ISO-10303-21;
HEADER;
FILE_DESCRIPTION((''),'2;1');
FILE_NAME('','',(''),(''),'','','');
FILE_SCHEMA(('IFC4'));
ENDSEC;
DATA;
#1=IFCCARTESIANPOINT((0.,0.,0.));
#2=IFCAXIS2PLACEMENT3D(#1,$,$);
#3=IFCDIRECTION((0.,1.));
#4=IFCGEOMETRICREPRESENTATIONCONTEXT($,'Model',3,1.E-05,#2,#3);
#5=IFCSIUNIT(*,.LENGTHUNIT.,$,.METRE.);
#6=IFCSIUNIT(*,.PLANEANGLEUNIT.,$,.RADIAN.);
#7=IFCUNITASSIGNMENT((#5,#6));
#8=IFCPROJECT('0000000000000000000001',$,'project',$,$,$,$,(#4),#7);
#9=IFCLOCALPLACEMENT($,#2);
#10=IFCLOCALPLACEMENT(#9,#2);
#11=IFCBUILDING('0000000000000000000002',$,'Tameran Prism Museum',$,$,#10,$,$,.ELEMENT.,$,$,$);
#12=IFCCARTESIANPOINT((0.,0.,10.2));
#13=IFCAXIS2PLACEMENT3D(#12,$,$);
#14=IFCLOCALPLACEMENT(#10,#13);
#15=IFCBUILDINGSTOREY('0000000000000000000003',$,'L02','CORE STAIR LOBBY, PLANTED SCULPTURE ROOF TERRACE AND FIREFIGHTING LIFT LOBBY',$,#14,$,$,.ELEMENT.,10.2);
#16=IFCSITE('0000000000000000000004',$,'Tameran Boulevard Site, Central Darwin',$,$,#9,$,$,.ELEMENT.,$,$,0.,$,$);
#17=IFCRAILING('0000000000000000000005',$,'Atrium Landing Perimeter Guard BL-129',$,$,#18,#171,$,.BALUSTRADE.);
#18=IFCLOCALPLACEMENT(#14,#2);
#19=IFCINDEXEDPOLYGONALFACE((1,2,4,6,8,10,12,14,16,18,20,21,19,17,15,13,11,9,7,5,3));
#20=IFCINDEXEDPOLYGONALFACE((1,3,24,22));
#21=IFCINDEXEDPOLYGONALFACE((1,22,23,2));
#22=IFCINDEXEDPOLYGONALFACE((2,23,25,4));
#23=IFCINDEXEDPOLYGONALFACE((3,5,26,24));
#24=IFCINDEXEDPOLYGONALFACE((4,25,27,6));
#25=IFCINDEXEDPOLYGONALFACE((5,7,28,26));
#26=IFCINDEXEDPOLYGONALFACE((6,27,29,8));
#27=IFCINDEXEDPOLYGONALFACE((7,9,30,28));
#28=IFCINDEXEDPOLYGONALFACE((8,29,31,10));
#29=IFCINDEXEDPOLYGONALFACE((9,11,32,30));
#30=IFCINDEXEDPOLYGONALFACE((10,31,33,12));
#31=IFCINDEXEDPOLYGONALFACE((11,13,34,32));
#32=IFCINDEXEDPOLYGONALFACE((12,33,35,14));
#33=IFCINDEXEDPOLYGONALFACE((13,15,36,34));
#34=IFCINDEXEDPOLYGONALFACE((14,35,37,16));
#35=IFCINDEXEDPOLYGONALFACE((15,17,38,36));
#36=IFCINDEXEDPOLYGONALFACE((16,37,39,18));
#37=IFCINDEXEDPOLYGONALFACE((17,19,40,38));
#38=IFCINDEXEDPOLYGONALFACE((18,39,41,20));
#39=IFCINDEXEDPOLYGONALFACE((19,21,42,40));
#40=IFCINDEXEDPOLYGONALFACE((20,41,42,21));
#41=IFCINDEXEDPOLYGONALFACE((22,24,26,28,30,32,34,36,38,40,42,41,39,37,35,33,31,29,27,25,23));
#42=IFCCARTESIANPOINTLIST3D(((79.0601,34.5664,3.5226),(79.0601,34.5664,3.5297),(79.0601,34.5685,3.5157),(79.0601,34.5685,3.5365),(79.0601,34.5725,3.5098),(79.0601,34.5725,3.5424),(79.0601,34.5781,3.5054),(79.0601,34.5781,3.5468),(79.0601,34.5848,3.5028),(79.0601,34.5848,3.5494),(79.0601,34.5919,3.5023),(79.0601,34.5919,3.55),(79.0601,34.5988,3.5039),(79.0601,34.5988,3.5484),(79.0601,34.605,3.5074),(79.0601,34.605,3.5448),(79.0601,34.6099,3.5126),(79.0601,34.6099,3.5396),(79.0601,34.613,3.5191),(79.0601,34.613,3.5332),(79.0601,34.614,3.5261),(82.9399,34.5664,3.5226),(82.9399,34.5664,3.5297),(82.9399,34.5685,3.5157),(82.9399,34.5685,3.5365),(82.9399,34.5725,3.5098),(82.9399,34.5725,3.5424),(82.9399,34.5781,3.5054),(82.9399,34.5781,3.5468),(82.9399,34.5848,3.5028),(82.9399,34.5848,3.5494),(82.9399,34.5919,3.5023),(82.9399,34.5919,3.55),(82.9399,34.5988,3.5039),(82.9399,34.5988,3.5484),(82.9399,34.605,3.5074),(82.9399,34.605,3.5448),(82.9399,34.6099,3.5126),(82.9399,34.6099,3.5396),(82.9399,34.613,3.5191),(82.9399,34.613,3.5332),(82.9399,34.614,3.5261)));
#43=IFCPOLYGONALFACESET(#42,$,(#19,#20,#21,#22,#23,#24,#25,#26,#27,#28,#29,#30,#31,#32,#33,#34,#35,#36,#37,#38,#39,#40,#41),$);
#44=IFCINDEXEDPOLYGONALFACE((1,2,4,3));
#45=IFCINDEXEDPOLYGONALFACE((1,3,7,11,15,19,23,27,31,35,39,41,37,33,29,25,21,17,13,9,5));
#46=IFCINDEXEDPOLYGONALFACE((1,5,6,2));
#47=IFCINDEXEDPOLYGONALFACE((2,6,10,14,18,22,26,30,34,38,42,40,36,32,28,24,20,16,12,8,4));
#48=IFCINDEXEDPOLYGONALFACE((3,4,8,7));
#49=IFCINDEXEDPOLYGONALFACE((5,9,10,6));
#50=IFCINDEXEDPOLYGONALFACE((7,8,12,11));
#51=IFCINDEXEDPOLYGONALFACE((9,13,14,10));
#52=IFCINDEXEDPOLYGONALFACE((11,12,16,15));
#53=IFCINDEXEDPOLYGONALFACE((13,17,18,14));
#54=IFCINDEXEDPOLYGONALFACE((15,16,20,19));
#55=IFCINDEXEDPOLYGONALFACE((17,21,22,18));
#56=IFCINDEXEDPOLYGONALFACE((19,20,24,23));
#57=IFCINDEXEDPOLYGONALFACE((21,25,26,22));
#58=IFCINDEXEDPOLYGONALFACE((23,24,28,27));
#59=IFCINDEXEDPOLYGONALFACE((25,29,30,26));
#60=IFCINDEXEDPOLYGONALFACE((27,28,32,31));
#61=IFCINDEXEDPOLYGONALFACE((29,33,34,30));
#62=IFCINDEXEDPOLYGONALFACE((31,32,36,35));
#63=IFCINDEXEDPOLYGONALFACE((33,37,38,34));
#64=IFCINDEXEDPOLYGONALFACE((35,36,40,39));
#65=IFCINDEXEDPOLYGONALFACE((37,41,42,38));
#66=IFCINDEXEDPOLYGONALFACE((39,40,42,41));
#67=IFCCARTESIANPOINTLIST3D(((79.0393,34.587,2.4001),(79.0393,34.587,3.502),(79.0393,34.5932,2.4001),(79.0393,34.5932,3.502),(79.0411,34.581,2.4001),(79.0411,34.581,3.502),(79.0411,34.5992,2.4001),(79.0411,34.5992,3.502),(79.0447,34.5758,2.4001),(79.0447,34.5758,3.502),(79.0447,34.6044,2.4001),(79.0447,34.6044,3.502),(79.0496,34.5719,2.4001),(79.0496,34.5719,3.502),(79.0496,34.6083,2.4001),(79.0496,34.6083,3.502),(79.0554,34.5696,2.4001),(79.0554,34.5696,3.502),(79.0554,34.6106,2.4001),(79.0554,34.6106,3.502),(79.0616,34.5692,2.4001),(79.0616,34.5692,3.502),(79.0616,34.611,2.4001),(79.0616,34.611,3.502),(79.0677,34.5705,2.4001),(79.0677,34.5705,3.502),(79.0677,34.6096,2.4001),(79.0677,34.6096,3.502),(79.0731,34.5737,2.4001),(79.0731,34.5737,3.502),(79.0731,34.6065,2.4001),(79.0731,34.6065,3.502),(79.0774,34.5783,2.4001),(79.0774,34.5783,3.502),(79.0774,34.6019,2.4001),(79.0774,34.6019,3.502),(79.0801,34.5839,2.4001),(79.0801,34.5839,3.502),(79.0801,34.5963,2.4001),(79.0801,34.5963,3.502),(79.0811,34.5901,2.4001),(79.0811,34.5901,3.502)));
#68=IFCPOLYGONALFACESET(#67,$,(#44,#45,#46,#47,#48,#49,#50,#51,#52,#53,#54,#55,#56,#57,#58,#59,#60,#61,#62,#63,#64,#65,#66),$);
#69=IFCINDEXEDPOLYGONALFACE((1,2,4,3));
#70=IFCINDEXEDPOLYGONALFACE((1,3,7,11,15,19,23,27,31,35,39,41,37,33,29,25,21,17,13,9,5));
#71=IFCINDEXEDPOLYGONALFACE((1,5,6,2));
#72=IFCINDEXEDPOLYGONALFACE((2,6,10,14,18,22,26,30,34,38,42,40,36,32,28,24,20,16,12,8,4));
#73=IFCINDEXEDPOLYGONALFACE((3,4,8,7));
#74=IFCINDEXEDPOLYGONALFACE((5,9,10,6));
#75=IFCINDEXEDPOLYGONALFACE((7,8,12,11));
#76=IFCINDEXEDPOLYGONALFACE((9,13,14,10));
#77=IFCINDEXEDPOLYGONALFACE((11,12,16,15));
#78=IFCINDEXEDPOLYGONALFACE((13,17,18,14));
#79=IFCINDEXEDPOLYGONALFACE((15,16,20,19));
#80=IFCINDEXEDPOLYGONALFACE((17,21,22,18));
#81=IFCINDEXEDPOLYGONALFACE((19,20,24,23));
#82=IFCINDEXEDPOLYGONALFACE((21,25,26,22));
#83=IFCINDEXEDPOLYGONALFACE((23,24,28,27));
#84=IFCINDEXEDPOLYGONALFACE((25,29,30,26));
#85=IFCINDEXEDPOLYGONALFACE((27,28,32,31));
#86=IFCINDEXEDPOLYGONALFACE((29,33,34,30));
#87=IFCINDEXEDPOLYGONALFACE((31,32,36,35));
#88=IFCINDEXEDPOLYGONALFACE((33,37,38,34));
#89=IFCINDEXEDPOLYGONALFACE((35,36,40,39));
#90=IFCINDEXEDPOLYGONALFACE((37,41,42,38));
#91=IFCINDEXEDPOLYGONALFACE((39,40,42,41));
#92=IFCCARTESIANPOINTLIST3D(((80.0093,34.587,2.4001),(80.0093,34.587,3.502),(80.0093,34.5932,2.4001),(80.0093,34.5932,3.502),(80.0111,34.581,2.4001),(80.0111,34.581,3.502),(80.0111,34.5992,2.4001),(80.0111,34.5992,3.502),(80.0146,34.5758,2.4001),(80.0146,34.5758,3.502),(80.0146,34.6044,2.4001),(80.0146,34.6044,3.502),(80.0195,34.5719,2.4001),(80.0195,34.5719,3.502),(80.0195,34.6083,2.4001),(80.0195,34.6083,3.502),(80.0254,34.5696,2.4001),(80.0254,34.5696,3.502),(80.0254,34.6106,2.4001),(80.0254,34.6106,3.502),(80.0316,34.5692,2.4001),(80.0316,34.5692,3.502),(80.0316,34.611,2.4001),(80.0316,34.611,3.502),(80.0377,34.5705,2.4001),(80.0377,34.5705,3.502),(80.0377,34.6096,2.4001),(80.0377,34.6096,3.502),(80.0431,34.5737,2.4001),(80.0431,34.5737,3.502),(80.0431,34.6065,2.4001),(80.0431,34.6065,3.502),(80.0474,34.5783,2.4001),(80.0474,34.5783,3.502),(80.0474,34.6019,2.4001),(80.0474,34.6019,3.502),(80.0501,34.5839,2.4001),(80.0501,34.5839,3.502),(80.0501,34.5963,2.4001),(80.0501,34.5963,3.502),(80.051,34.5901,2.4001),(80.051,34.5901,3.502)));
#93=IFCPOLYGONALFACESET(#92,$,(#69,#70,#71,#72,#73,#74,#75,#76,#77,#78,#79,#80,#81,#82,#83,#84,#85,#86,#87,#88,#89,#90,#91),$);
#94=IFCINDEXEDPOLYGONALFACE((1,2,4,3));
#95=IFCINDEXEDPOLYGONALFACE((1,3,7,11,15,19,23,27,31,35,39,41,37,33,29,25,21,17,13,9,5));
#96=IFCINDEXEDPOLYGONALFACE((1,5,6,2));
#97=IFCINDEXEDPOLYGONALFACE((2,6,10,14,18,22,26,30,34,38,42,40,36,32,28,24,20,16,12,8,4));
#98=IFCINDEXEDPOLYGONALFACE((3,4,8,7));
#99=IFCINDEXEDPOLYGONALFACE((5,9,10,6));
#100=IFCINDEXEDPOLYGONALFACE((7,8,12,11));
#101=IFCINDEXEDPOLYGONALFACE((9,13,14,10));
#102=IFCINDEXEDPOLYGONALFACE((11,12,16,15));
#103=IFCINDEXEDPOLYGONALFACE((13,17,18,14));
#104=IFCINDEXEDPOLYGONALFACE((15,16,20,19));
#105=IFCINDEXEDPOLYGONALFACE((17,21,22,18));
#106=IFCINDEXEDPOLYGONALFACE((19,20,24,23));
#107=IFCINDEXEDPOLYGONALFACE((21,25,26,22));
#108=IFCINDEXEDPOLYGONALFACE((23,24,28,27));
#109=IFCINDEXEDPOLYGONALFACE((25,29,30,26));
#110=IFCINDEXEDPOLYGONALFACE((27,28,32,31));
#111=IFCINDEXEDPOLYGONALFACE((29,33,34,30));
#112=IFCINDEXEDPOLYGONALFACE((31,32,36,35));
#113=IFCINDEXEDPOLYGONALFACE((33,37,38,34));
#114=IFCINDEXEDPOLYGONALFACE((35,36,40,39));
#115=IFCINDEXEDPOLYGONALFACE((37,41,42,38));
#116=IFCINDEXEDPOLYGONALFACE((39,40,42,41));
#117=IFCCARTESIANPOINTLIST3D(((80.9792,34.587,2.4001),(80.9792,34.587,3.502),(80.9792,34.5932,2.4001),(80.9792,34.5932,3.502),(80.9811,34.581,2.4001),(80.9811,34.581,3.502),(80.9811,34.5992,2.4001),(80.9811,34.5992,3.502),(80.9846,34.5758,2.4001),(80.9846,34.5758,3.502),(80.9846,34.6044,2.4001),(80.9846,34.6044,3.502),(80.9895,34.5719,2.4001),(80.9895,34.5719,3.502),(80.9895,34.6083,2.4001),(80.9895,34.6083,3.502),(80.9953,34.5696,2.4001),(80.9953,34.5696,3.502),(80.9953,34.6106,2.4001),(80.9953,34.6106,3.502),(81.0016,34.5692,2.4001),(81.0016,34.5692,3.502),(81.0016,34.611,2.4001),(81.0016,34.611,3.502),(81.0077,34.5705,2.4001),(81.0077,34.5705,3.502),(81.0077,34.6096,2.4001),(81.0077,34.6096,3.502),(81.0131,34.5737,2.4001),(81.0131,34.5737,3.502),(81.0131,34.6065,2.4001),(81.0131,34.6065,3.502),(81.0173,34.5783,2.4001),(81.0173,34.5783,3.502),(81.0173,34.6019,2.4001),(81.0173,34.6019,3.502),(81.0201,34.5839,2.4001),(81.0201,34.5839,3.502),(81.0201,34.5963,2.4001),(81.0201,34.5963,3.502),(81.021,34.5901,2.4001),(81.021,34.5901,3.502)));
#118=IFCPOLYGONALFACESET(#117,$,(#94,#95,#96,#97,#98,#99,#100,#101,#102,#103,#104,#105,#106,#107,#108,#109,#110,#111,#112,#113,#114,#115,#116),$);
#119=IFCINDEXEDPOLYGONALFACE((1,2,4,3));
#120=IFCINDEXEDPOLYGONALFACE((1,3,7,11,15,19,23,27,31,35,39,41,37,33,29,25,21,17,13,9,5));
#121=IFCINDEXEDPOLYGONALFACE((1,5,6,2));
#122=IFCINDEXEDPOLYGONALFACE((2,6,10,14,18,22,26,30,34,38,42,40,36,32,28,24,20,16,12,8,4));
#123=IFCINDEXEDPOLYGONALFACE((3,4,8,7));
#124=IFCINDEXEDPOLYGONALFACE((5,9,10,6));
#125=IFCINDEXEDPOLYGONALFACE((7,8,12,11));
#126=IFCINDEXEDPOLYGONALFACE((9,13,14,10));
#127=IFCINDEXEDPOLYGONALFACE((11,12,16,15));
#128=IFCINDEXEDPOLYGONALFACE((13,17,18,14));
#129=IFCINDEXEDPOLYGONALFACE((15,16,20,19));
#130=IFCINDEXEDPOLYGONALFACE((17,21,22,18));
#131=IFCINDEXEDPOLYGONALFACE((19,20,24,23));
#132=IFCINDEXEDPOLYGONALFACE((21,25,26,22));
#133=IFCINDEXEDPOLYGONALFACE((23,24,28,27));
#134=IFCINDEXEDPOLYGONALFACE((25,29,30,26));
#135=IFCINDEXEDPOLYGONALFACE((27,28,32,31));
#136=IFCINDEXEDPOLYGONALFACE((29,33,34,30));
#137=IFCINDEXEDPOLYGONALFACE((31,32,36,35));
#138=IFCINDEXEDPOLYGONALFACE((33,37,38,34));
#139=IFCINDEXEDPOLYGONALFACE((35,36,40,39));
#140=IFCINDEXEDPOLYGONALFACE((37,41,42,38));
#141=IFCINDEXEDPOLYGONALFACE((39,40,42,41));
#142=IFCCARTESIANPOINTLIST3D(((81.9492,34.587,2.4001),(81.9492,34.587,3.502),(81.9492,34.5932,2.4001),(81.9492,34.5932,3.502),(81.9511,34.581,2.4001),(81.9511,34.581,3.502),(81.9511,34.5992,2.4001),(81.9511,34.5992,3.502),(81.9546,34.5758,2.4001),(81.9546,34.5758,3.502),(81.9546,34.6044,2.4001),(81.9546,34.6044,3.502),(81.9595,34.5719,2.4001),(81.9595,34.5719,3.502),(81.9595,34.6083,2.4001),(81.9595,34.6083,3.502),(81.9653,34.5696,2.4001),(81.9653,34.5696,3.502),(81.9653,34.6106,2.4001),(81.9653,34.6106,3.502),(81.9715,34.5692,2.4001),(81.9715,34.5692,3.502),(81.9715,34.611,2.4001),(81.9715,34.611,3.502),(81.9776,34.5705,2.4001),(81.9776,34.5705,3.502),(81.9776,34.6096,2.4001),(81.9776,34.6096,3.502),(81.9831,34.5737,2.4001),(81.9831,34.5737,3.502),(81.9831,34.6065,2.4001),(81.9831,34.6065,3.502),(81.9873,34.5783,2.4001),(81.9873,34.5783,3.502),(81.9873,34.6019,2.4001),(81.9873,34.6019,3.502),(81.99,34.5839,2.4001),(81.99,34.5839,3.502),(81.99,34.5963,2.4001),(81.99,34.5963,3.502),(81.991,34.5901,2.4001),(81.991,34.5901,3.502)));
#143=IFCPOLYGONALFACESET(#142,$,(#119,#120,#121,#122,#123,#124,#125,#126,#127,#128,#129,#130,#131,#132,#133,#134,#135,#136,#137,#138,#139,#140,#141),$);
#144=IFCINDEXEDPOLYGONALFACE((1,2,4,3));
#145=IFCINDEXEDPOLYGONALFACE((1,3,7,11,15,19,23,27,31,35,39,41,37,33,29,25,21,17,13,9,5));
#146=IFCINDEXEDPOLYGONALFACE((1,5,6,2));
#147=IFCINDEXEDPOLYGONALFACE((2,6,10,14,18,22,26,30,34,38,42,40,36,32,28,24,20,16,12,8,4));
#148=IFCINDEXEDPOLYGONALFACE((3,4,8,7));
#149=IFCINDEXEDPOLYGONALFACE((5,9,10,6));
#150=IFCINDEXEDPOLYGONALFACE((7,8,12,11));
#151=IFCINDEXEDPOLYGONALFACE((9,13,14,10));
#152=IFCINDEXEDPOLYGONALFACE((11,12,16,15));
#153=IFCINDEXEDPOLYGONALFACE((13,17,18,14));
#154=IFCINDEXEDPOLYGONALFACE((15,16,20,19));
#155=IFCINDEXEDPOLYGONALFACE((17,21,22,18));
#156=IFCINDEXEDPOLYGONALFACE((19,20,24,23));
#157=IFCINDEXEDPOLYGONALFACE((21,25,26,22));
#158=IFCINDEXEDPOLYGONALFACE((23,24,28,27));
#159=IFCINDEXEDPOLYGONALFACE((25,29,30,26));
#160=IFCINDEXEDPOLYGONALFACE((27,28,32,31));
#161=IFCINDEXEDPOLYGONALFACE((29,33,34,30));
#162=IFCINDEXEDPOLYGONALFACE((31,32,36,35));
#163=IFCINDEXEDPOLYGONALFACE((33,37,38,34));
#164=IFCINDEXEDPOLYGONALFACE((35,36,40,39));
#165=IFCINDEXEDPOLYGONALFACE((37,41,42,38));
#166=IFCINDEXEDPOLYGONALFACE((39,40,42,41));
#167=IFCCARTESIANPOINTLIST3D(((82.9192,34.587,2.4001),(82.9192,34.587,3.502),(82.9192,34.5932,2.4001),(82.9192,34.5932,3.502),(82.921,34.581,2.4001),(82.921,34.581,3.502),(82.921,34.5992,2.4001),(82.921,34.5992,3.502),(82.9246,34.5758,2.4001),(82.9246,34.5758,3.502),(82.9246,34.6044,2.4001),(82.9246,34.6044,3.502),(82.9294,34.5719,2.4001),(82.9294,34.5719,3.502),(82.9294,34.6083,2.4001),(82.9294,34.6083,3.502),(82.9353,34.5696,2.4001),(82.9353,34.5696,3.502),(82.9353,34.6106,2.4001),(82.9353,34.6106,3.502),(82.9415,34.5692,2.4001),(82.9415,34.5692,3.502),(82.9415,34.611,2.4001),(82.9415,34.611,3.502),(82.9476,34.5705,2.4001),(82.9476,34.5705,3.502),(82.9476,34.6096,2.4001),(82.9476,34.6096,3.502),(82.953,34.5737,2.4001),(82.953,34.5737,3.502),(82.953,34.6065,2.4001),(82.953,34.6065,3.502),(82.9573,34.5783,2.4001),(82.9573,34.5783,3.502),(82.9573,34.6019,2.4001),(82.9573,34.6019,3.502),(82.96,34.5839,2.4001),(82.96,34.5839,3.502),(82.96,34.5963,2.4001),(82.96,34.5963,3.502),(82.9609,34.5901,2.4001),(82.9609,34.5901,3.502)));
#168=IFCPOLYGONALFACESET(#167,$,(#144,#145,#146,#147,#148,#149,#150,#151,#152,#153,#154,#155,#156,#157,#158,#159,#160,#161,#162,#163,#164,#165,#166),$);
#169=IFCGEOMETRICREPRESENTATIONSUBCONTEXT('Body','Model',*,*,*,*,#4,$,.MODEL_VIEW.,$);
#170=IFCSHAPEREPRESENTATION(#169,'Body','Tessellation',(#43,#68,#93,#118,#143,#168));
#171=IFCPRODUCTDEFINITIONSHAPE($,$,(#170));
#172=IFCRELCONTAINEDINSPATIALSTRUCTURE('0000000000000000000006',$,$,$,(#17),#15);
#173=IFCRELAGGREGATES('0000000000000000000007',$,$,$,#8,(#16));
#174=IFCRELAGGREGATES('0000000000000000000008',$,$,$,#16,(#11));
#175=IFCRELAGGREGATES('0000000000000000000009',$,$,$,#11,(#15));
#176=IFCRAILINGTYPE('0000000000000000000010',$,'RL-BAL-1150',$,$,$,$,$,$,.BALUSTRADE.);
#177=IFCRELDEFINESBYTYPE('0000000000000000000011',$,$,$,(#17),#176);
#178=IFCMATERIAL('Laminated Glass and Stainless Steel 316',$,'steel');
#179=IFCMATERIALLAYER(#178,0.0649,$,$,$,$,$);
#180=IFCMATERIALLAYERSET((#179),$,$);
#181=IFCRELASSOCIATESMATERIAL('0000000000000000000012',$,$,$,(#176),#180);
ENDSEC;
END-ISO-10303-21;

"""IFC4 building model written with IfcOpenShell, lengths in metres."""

from ifc_helpers import new_model, si_unit, direction, frame, origin, origin_2d, place, context, subcontext, project, spatial, circle, extrude, material, layer, layer_set, type_object, element, save


model = new_model("IFC4")

# Units and contexts
model_context = context("Model", 3, precision=1e-05, world=origin(), true_north=direction((0.0, 1.0)))
body_context = subcontext(model_context, "Body", "Model", "MODEL_VIEW")
ifc_project = project(units=[si_unit("LENGTHUNIT", "METRE"), si_unit("PLANEANGLEUNIT", "RADIAN")], contexts=[model_context])

# Site, building, storey
site_placement = place(None, origin())
site = spatial("IfcSite", under=ifc_project, at=site_placement, Name="Tameran Boulevard Site, Central Darwin", CompositionType="ELEMENT", RefElevation=0.0)
building_placement = place(site_placement, origin())
building = spatial("IfcBuilding", under=site, at=building_placement, Name="Tameran Prism Museum", CompositionType="ELEMENT")
storey_placement = place(building_placement, frame((0.0, 0.0, 10.2)))
storey = spatial("IfcBuildingStorey", under=building, at=storey_placement, Name="L02", Description="CORE STAIR LOBBY, PLANTED SCULPTURE ROOF TERRACE AND FIREFIGHTING LIFT LOBBY", CompositionType="ELEMENT", Elevation=10.2)

# Railing
ifc_material_1 = material(Name="Laminated Glass and Stainless Steel 316", Category="steel")
ifc_layer_1 = layer(ifc_material_1, 0.0649)
ifc_layer_set_1 = layer_set([ifc_layer_1])
railing_type = type_object("IfcRailingType", Name="RL-BAL-1150", PredefinedType="BALUSTRADE", material=ifc_layer_set_1)
railing_1_placement = place(storey_placement, frame((79.0601, 34.5901, 2.4001)))
element("IfcRailing", 1, at=railing_1_placement, inside=storey, type_object=railing_type, Name="Atrium Landing Perimeter Guard BL-129", PredefinedType="BALUSTRADE", context=body_context, shape_type="SweptSolid", body=[
    extrude(circle(Radius=0.0239, at=origin_2d()), frame((0.0, 0.0, 1.126), z_axis=(1.0, 0.0, 0.0), x_axis=(0.0, 1.0, 0.0)), (0.0, 0.0, 1.0), 3.8799),
    extrude(circle(Radius=0.021, at=origin_2d()), origin(), (0.0, 0.0, 1.0), 1.1018),
    extrude(circle(Radius=0.021, at=origin_2d()), frame((0.97, 0.0, 0.0)), (0.0, 0.0, 1.0), 1.1018),
    extrude(circle(Radius=0.021, at=origin_2d()), frame((1.9399, 0.0, 0.0)), (0.0, 0.0, 1.0), 1.1018),
    extrude(circle(Radius=0.021, at=origin_2d()), frame((2.9099, 0.0, 0.0)), (0.0, 0.0, 1.0), 1.1018),
    extrude(circle(Radius=0.021, at=origin_2d()), frame((3.8799, 0.0, 0.0)), (0.0, 0.0, 1.0), 1.1018),
])

save(model, "model.ifc")
